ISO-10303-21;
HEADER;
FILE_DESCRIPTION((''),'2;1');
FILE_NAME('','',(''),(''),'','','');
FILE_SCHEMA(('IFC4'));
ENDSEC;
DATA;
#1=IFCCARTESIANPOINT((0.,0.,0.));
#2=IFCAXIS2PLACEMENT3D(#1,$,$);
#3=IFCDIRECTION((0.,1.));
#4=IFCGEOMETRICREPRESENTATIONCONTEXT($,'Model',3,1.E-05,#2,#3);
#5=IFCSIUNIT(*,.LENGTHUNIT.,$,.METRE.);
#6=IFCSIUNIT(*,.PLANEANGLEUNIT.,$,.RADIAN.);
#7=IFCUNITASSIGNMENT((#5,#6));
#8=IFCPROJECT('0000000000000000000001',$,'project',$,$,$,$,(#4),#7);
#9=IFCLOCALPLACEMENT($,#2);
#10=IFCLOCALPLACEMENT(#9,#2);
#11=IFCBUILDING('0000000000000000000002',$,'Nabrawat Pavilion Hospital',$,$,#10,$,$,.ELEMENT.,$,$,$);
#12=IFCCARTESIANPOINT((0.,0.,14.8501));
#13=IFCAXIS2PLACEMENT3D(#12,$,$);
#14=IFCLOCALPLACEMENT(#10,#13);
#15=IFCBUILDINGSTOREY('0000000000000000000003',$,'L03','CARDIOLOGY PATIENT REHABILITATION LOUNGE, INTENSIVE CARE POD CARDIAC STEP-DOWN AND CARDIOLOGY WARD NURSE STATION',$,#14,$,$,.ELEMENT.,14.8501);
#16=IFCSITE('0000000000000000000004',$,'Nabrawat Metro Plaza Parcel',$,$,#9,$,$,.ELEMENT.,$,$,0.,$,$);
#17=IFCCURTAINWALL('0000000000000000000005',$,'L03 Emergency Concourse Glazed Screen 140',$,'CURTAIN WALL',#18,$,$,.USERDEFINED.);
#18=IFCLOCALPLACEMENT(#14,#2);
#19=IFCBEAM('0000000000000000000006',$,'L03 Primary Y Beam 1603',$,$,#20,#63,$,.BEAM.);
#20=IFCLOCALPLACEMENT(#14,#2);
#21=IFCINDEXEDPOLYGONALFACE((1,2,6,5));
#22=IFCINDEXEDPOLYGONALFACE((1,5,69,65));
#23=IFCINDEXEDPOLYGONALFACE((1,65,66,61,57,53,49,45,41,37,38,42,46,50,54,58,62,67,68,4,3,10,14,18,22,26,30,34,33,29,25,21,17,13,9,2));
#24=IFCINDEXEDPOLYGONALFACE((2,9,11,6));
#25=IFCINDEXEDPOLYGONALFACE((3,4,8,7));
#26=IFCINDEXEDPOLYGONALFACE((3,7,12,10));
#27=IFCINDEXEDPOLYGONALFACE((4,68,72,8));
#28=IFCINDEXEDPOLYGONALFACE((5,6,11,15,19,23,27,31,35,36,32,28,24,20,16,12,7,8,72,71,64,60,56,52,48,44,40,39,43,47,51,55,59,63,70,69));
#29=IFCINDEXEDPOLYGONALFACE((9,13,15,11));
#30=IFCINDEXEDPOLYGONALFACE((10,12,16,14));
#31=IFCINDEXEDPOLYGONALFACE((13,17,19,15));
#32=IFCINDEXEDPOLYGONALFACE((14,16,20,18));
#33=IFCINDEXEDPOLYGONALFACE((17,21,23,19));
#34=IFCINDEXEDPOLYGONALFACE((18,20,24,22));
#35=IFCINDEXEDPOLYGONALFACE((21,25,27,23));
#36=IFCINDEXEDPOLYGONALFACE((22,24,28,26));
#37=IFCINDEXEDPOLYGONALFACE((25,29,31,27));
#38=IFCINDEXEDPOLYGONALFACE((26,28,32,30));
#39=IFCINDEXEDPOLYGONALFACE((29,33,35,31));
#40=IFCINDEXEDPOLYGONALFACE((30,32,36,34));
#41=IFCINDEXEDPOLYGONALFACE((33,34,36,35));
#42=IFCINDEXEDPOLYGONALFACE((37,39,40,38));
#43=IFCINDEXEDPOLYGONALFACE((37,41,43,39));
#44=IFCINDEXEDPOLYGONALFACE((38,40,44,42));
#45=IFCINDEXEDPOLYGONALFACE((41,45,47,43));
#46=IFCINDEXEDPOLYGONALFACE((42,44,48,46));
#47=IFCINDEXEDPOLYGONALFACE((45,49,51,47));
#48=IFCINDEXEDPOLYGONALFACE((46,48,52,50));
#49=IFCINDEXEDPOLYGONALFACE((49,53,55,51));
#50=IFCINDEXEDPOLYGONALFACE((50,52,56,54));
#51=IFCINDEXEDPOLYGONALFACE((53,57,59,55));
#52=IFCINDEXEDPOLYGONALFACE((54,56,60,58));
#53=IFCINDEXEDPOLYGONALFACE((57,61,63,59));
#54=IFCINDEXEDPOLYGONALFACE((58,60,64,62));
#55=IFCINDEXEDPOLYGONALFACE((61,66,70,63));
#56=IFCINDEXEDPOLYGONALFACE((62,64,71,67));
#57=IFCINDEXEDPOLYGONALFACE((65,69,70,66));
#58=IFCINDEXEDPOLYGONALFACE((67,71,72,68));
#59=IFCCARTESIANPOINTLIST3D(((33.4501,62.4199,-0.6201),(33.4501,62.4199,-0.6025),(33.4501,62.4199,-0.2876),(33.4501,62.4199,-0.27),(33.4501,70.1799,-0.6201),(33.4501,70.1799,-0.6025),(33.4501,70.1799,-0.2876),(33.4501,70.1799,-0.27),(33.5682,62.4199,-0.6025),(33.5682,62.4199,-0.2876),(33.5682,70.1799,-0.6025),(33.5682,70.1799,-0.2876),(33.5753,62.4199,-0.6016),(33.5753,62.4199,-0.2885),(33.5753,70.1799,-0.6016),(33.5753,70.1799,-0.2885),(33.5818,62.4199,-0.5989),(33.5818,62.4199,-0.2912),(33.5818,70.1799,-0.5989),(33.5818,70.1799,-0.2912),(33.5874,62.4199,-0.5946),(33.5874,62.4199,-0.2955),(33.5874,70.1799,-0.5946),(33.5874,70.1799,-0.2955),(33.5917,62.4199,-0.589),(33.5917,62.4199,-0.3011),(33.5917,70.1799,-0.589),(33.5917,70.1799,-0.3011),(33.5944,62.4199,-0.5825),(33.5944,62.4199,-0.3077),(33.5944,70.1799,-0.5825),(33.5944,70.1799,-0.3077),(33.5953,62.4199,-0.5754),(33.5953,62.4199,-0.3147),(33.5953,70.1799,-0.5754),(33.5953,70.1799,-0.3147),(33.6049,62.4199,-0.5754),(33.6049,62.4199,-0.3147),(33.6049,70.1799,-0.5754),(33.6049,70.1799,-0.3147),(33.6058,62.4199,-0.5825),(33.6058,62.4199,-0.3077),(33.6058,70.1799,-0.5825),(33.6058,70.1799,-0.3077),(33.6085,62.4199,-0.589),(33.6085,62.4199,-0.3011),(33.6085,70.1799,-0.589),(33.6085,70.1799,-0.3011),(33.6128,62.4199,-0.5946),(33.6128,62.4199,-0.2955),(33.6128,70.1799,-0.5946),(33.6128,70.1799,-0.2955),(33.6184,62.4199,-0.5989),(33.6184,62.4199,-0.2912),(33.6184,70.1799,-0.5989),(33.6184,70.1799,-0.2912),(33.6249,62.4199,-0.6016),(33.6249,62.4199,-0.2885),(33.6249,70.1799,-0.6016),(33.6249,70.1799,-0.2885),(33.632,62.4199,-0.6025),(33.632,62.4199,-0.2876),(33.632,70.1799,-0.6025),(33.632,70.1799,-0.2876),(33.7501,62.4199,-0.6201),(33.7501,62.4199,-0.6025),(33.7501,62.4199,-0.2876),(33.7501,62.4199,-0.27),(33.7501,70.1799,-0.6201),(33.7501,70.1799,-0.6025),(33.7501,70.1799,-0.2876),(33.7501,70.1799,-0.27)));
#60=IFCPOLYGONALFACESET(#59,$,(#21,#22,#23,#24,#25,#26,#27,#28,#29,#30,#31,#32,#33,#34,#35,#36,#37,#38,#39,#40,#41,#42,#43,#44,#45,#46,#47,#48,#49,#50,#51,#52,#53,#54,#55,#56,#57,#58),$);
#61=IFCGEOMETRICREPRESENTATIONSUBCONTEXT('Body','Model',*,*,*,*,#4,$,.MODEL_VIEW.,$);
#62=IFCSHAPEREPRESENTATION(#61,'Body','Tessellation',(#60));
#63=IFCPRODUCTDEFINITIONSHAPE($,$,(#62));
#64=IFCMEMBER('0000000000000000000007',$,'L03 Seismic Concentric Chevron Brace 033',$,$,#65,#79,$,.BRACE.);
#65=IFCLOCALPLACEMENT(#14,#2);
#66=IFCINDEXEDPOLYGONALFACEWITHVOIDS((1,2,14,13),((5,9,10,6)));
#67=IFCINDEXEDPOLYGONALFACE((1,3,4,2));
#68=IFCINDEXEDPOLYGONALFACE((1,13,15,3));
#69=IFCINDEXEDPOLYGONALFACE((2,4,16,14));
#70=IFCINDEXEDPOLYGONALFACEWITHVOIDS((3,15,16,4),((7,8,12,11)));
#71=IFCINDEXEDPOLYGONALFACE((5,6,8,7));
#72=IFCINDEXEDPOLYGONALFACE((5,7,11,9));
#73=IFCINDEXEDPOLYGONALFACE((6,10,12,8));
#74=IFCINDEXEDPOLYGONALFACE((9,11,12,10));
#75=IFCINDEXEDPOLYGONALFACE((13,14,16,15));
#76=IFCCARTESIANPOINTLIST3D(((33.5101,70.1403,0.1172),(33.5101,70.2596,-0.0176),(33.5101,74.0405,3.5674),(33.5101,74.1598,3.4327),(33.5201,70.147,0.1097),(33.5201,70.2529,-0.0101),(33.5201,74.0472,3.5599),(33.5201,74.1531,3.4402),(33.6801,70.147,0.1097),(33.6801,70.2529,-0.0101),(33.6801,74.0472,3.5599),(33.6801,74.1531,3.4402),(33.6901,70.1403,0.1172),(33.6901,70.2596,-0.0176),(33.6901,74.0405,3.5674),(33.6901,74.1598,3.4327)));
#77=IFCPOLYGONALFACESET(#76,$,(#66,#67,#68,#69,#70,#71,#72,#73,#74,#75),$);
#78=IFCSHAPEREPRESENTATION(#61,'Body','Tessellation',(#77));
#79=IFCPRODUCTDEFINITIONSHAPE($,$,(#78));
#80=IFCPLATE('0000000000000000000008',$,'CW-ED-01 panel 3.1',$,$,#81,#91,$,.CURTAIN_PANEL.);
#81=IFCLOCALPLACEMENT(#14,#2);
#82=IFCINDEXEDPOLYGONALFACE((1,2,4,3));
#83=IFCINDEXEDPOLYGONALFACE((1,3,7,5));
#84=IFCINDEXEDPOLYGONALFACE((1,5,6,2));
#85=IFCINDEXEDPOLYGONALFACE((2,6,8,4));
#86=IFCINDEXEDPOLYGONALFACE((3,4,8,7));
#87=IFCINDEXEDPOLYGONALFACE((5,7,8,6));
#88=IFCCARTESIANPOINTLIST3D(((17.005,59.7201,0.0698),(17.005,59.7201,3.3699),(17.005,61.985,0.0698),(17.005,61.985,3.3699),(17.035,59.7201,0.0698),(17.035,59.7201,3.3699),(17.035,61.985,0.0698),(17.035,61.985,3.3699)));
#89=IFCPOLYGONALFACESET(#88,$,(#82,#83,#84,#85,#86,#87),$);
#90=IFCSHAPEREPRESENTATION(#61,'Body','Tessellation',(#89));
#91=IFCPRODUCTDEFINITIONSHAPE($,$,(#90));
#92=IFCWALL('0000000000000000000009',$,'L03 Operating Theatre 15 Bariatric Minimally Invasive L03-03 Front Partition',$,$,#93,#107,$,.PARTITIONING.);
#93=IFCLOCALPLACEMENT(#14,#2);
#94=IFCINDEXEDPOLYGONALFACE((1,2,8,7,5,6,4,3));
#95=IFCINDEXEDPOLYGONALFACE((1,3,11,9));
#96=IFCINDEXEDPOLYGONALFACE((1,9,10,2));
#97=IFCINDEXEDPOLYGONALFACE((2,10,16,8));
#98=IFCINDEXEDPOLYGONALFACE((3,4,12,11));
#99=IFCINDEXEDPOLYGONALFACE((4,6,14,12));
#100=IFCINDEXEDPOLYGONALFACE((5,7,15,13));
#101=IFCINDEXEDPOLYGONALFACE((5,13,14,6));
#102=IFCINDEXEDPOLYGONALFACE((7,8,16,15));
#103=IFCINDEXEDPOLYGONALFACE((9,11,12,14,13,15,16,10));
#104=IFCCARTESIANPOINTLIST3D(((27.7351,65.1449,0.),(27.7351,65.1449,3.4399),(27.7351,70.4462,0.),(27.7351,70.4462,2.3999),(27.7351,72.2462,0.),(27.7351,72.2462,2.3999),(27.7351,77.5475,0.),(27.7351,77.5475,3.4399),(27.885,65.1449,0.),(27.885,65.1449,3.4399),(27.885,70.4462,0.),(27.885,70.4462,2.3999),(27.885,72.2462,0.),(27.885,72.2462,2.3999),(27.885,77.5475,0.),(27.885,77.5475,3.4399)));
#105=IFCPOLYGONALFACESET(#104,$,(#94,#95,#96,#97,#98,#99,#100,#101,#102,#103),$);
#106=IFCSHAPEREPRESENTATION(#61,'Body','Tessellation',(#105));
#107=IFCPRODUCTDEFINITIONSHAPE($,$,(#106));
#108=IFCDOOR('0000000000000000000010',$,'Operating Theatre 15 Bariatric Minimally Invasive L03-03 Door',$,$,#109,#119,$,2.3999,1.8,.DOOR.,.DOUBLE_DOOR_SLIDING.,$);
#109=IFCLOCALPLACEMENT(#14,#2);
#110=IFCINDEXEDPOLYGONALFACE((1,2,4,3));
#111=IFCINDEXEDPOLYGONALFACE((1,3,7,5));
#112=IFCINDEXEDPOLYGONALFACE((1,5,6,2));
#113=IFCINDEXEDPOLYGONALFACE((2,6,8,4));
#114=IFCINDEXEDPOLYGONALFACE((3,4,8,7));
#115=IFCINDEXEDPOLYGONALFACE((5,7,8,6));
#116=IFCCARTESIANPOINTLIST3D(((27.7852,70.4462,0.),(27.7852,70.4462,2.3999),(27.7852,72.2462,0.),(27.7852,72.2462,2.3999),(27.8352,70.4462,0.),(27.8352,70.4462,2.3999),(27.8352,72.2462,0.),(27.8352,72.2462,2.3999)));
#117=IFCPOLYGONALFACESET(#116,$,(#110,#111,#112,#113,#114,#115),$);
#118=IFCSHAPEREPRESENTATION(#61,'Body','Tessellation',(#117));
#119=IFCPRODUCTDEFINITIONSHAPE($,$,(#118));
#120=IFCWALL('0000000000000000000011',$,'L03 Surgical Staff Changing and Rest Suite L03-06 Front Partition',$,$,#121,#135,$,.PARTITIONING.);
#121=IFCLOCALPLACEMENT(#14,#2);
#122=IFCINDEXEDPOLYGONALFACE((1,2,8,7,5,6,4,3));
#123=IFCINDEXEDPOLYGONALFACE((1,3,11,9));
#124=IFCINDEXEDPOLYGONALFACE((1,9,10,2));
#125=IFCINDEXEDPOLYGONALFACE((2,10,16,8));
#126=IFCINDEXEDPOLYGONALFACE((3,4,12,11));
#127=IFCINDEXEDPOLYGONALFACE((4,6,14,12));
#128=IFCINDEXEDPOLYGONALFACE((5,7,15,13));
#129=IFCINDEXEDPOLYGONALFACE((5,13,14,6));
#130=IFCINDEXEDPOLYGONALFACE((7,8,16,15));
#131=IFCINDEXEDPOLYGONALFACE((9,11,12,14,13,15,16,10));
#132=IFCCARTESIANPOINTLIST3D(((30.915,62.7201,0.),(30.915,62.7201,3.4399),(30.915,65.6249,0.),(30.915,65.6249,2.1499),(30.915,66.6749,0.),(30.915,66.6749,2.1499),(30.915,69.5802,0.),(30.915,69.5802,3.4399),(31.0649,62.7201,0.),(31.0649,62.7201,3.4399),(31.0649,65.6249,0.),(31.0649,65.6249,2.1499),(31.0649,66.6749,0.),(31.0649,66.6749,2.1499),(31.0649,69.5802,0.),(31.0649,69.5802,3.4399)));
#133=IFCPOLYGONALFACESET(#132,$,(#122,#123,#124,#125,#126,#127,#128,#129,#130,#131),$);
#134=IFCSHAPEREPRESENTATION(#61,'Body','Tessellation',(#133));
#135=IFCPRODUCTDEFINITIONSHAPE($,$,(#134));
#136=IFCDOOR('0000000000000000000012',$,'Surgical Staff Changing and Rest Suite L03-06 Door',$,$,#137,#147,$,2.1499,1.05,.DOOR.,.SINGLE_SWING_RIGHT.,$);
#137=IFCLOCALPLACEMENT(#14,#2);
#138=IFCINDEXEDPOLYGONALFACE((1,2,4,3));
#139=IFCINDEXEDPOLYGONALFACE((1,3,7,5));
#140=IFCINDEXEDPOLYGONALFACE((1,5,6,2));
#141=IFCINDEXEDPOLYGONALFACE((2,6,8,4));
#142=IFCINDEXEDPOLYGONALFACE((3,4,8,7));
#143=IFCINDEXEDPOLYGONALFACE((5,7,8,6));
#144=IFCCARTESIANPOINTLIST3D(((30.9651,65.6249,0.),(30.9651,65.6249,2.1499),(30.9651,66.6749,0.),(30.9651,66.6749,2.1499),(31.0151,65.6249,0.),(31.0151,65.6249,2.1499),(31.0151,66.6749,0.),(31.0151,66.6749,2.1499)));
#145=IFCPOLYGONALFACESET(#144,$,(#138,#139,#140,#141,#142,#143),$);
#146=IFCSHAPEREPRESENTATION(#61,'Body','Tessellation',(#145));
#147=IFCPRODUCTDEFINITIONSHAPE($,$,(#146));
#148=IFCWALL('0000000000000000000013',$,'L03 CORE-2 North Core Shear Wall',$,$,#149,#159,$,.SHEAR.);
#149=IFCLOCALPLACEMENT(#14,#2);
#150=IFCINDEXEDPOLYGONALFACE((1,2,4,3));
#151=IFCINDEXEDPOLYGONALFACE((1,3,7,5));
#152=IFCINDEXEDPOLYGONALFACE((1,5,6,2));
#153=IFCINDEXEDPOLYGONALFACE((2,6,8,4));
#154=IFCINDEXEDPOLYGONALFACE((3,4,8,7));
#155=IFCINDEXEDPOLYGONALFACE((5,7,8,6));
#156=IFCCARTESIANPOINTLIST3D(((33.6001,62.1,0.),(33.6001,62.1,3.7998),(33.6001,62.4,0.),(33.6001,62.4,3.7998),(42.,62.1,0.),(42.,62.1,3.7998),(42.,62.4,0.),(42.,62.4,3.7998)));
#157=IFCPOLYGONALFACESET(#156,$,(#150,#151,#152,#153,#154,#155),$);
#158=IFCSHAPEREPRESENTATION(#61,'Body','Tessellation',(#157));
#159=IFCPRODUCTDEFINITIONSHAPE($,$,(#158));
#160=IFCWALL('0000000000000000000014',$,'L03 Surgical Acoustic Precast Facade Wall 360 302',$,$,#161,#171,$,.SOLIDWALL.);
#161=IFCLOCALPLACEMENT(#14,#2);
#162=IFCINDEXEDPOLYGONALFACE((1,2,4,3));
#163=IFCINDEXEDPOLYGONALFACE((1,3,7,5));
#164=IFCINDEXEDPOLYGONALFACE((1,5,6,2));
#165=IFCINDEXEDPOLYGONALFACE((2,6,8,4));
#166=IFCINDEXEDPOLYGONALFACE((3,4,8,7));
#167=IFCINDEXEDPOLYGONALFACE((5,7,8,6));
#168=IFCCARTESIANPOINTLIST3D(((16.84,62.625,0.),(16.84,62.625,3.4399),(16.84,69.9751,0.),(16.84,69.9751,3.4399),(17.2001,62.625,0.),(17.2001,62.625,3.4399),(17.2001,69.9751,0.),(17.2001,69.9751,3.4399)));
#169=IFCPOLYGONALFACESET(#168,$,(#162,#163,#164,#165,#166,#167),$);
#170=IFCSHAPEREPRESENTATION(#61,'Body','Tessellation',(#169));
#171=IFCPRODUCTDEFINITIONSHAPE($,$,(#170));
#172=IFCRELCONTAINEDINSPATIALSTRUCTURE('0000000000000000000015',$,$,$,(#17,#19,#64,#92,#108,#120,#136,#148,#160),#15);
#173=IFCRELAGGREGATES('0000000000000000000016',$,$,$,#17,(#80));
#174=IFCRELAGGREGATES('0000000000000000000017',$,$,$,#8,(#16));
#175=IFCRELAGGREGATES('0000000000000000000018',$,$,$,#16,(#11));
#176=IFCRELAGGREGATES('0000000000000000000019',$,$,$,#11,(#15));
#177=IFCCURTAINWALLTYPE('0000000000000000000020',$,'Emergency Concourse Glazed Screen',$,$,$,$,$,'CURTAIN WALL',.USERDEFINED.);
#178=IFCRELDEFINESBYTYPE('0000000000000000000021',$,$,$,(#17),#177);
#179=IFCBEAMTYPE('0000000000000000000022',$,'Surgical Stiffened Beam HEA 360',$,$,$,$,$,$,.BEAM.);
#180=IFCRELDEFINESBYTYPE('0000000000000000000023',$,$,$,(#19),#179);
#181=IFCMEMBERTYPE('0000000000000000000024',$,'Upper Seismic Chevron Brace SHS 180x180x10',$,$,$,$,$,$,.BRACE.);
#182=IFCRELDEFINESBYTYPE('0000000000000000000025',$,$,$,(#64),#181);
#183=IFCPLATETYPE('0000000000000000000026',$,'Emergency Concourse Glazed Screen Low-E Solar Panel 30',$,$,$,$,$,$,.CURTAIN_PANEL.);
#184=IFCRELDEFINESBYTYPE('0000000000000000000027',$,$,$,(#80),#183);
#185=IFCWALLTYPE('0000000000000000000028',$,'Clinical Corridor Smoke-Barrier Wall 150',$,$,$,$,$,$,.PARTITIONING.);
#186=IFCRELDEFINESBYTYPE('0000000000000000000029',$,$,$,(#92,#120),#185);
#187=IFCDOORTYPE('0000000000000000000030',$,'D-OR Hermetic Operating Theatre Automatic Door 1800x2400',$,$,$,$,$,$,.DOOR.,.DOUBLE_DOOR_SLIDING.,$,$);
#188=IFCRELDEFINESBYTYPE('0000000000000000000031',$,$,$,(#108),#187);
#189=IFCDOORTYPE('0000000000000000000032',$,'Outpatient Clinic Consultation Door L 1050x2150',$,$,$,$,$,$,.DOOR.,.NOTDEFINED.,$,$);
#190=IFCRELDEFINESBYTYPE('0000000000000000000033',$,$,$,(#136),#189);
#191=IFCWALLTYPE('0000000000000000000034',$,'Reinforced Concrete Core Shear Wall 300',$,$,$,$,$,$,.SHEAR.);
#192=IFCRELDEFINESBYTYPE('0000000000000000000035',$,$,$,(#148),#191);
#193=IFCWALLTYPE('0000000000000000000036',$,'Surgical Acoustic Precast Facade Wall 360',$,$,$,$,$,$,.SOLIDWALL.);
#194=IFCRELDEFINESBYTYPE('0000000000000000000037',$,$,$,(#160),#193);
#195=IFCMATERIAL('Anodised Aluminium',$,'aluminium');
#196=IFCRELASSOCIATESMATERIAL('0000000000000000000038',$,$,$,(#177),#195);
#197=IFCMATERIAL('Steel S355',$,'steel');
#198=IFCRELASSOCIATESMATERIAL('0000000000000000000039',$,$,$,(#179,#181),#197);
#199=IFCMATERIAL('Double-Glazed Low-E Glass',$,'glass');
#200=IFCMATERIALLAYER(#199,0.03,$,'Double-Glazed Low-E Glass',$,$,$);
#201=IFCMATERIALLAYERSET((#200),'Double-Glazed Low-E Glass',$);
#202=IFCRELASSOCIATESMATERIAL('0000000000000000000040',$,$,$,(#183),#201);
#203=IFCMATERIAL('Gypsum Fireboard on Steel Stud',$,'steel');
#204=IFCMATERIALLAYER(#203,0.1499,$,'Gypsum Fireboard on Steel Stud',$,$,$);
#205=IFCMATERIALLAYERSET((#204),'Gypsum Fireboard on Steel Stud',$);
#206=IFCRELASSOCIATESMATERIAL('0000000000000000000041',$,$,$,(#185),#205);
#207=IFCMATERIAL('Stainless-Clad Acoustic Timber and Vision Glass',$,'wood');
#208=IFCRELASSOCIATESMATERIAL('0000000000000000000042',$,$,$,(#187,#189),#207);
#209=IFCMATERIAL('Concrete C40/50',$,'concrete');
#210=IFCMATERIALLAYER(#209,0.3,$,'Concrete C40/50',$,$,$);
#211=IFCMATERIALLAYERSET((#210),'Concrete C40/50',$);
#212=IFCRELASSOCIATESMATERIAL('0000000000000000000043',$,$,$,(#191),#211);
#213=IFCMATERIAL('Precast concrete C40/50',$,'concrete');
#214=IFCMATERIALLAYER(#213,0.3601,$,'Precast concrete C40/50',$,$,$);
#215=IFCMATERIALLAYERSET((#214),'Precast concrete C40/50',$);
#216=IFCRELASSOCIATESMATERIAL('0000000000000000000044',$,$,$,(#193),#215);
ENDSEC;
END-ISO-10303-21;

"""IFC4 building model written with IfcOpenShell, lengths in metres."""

from ifc_helpers import new_model, si_unit, direction, frame, frame_2d, origin, origin_2d, place, context, subcontext, project, spatial, rectangle, hollow_rectangle, i_section, extrude, material, layer, layer_set, material_profile, profile_set, type_object, element, fill, aggregate, save


model = new_model("IFC4")

# Units and contexts
model_context = context("Model", 3, precision=1e-05, world=origin(), true_north=direction((0.0, 1.0)))
body_context = subcontext(model_context, "Body", "Model", "MODEL_VIEW")
ifc_project = project(units=[si_unit("LENGTHUNIT", "METRE"), si_unit("PLANEANGLEUNIT", "RADIAN")], contexts=[model_context])

# Site, building, storey
site_placement = place(None, origin())
site = spatial("IfcSite", under=ifc_project, at=site_placement, Name="Nabrawat Metro Plaza Parcel", CompositionType="ELEMENT", RefElevation=0.0)
building_placement = place(site_placement, origin())
building = spatial("IfcBuilding", under=site, at=building_placement, Name="Nabrawat Pavilion Hospital", CompositionType="ELEMENT")
storey_placement = place(building_placement, frame((0.0, 0.0, 14.8501)))
storey = spatial("IfcBuildingStorey", under=building, at=storey_placement, Name="L03", Description="CARDIOLOGY PATIENT REHABILITATION LOUNGE, INTENSIVE CARE POD CARDIAC STEP-DOWN AND CARDIOLOGY WARD NURSE STATION", CompositionType="ELEMENT", Elevation=14.8501)

# Shared definitions
ifc_material_1 = material(Name="Steel S355", Category="steel")

# Curtain wall
ifc_material_2 = material(Name="Anodised Aluminium", Category="aluminium")
curtain_wall_type = type_object("IfcCurtainWallType", Name="Emergency Concourse Glazed Screen", ElementType="CURTAIN WALL", PredefinedType="USERDEFINED", material=ifc_material_2)
curtain_wall_placement = place(storey_placement, origin())
curtain_wall = element("IfcCurtainWall", 1, at=curtain_wall_placement, inside=storey, type_object=curtain_wall_type, Name="L03 Emergency Concourse Glazed Screen 140", ObjectType="CURTAIN WALL", PredefinedType="USERDEFINED")

# Beam
ifc_material_profile_1 = material_profile(ifc_material_1, i_section(OverallWidth=0.3, OverallDepth=0.3501, WebThickness=0.0095, FlangeThickness=0.0176, FilletRadius=0.0271, at=origin_2d()), Name="HEA 360")
ifc_profile_set_1 = profile_set([ifc_material_profile_1], Name="Steel S355")
beam_type_1 = type_object("IfcBeamType", Name="Surgical Stiffened Beam HEA 360", PredefinedType="BEAM", material=ifc_profile_set_1)
beam_1_placement = place(storey_placement, frame((33.6001, 62.4199, -0.4451), z_axis=(0.0, 1.0, 0.0), x_axis=(-1.0, 0.0, 0.0)))
element("IfcBeam", 2, at=beam_1_placement, inside=storey, type_object=beam_type_1, Name="L03 Primary Y Beam 1603", PredefinedType="BEAM", context=body_context, shape_type="SweptSolid", body=[
    extrude(i_section(OverallWidth=0.3, OverallDepth=0.3501, WebThickness=0.0095, FlangeThickness=0.0176, FilletRadius=0.0271, at=origin_2d()), origin(), (0.0, 0.0, 1.0), 7.76),
])

# Member
ifc_material_profile_2 = material_profile(ifc_material_1, hollow_rectangle(XDim=0.1799, YDim=0.1799, WallThickness=0.01, at=origin_2d()), Name="SHS 180x180x10")
ifc_profile_set_2 = profile_set([ifc_material_profile_2], Name="Steel S355")
member_type_1 = type_object("IfcMemberType", Name="Upper Seismic Chevron Brace SHS 180x180x10", PredefinedType="BRACE", material=ifc_profile_set_2)
member_1_placement = place(storey_placement, frame((33.6001, 70.2, 0.0498), z_axis=(0.0, 0.74899, 0.662581), x_axis=(-1.0, 0.0, 0.0)))
element("IfcMember", 3, at=member_1_placement, inside=storey, type_object=member_type_1, Name="L03 Seismic Concentric Chevron Brace 033", PredefinedType="BRACE", context=body_context, shape_type="SweptSolid", body=[
    extrude(hollow_rectangle(XDim=0.1799, YDim=0.1799, WallThickness=0.01, at=origin_2d()), origin(), (0.0, 0.0, 1.0), 5.2073),
])

# Plate
ifc_material_3 = material(Name="Double-Glazed Low-E Glass", Category="glass")
ifc_layer_1 = layer(ifc_material_3, 0.03, Name="Double-Glazed Low-E Glass")
ifc_layer_set_1 = layer_set([ifc_layer_1], Name="Double-Glazed Low-E Glass")
plate_type = type_object("IfcPlateType", Name="Emergency Concourse Glazed Screen Low-E Solar Panel 30", PredefinedType="CURTAIN_PANEL", material=ifc_layer_set_1)
plate_placement = place(storey_placement, frame((17.02, 60.8525, 0.0698), z_axis=(0.0, 0.0, 1.0), x_axis=(0.0, 1.0, 0.0)))
plate = element("IfcPlate", 4, at=plate_placement, type_object=plate_type, Name="CW-ED-01 panel 3.1", PredefinedType="CURTAIN_PANEL", context=body_context, shape_type="SweptSolid", body=[
    extrude(rectangle(XDim=2.2649, YDim=0.03, at=origin_2d()), origin(), (0.0, 0.0, 1.0), 3.3),
])
aggregate(curtain_wall, [plate])

# Walls, openings, doors
ifc_material_4 = material(Name="Gypsum Fireboard on Steel Stud", Category="steel")
ifc_layer_2 = layer(ifc_material_4, 0.1499, Name="Gypsum Fireboard on Steel Stud")
ifc_layer_set_2 = layer_set([ifc_layer_2], Name="Gypsum Fireboard on Steel Stud")
wall_type_1 = type_object("IfcWallType", Name="Clinical Corridor Smoke-Barrier Wall 150", PredefinedType="PARTITIONING", material=ifc_layer_set_2)
wall_1_placement = place(storey_placement, frame((27.8101, 65.145, 0.0), z_axis=(0.0, 0.0, 1.0), x_axis=(0.0, 1.0, 0.0)))
wall_1 = element("IfcWall", 5, at=wall_1_placement, inside=storey, type_object=wall_type_1, Name="L03 Operating Theatre 15 Bariatric Minimally Invasive L03-03 Front Partition", PredefinedType="PARTITIONING", context=body_context, shape_type="SweptSolid", body=[
    extrude(rectangle(XDim=12.4026, YDim=0.1499, at=frame_2d((6.2012, 0.0))), origin(), (0.0, 0.0, 1.0), 3.4399),
])
opening_1_placement = place(wall_1_placement, frame((5.3013, 0.0, 0.0)))
opening_1 = element("IfcOpeningElement", 6, at=opening_1_placement, cuts=wall_1, PredefinedType="OPENING", context=body_context, shape_type="SweptSolid", body=[
    extrude(rectangle(XDim=1.8, YDim=2.3999, at=frame_2d((0.8999, 1.2))), frame((0.0, 0.085, 0.0), z_axis=(0.0, -1.0, 0.0), x_axis=(1.0, 0.0, 0.0)), (0.0, 0.0, 1.0), 0.1699),
])
ifc_material_5 = material(Name="Stainless-Clad Acoustic Timber and Vision Glass", Category="wood")
door_type_1 = type_object("IfcDoorType", Name="D-OR Hermetic Operating Theatre Automatic Door 1800x2400", OperationType="DOUBLE_DOOR_SLIDING", PredefinedType="DOOR", material=ifc_material_5)
door_1_placement = place(opening_1_placement, origin())
door_1 = element("IfcDoor", 7, at=door_1_placement, inside=storey, type_object=door_type_1, Name="Operating Theatre 15 Bariatric Minimally Invasive L03-03 Door", OperationType="DOUBLE_DOOR_SLIDING", OverallHeight=2.3999, OverallWidth=1.8, PredefinedType="DOOR", context=body_context, shape_type="SweptSolid", body=[
    extrude(rectangle(XDim=1.8, YDim=2.3999, at=frame_2d((0.8999, 1.2))), frame((0.0, 0.0249, 0.0), z_axis=(0.0, -1.0, 0.0), x_axis=(1.0, 0.0, 0.0)), (0.0, 0.0, 1.0), 0.05),
])
fill(opening_1, door_1)
wall_2_placement = place(storey_placement, frame((30.99, 62.72, 0.0), z_axis=(0.0, 0.0, 1.0), x_axis=(0.0, 1.0, 0.0)))
wall_2 = element("IfcWall", 8, at=wall_2_placement, inside=storey, type_object=wall_type_1, Name="L03 Surgical Staff Changing and Rest Suite L03-06 Front Partition", PredefinedType="PARTITIONING", context=body_context, shape_type="SweptSolid", body=[
    extrude(rectangle(XDim=6.8601, YDim=0.1499, at=frame_2d((3.4302, 0.0))), origin(), (0.0, 0.0, 1.0), 3.4399),
])
opening_2_placement = place(wall_2_placement, frame((2.905, 0.0, 0.0)))
opening_2 = element("IfcOpeningElement", 9, at=opening_2_placement, cuts=wall_2, PredefinedType="OPENING", context=body_context, shape_type="SweptSolid", body=[
    extrude(rectangle(XDim=1.05, YDim=2.1499, at=frame_2d((0.5249, 1.075))), frame((0.0, 0.085, 0.0), z_axis=(0.0, -1.0, 0.0), x_axis=(1.0, 0.0, 0.0)), (0.0, 0.0, 1.0), 0.1699),
])
door_type_2 = type_object("IfcDoorType", Name="Outpatient Clinic Consultation Door L 1050x2150", OperationType="NOTDEFINED", PredefinedType="DOOR", material=ifc_material_5)
door_2_placement = place(opening_2_placement, origin())
door_2 = element("IfcDoor", 10, at=door_2_placement, inside=storey, type_object=door_type_2, Name="Surgical Staff Changing and Rest Suite L03-06 Door", OperationType="SINGLE_SWING_RIGHT", OverallHeight=2.1499, OverallWidth=1.05, PredefinedType="DOOR", context=body_context, shape_type="SweptSolid", body=[
    extrude(rectangle(XDim=1.05, YDim=2.1499, at=frame_2d((0.5249, 1.075))), frame((0.0, 0.0249, 0.0), z_axis=(0.0, -1.0, 0.0), x_axis=(1.0, 0.0, 0.0)), (0.0, 0.0, 1.0), 0.05),
])
fill(opening_2, door_2)

# Walls
ifc_material_6 = material(Name="Concrete C40/50", Category="concrete")
ifc_layer_3 = layer(ifc_material_6, 0.3, Name="Concrete C40/50")
ifc_layer_set_3 = layer_set([ifc_layer_3], Name="Concrete C40/50")
wall_type_2 = type_object("IfcWallType", Name="Reinforced Concrete Core Shear Wall 300", PredefinedType="SHEAR", material=ifc_layer_set_3)
wall_3_placement = place(storey_placement, frame((33.6001, 62.25, 0.0), z_axis=(0.0, 0.0, 1.0), x_axis=(1.0, 0.0, 0.0)))
element("IfcWall", 11, at=wall_3_placement, inside=storey, type_object=wall_type_2, Name="L03 CORE-2 North Core Shear Wall", PredefinedType="SHEAR", context=body_context, shape_type="SweptSolid", body=[
    extrude(rectangle(XDim=8.3999, YDim=0.3, at=frame_2d((4.2, 0.0))), origin(), (0.0, 0.0, 1.0), 3.7998),
])
ifc_material_7 = material(Name="Precast concrete C40/50", Category="concrete")
ifc_layer_4 = layer(ifc_material_7, 0.3601, Name="Precast concrete C40/50")
ifc_layer_set_4 = layer_set([ifc_layer_4], Name="Precast concrete C40/50")
wall_type_3 = type_object("IfcWallType", Name="Surgical Acoustic Precast Facade Wall 360", PredefinedType="SOLIDWALL", material=ifc_layer_set_4)
wall_4_placement = place(storey_placement, frame((17.02, 62.625, 0.0), z_axis=(0.0, 0.0, 1.0), x_axis=(0.0, 1.0, 0.0)))
element("IfcWall", 12, at=wall_4_placement, inside=storey, type_object=wall_type_3, Name="L03 Surgical Acoustic Precast Facade Wall 360 302", PredefinedType="SOLIDWALL", context=body_context, shape_type="SweptSolid", body=[
    extrude(rectangle(XDim=7.3501, YDim=0.3601, at=frame_2d((3.675, 0.0))), origin(), (0.0, 0.0, 1.0), 3.4399),
])

save(model, "model.ifc")
